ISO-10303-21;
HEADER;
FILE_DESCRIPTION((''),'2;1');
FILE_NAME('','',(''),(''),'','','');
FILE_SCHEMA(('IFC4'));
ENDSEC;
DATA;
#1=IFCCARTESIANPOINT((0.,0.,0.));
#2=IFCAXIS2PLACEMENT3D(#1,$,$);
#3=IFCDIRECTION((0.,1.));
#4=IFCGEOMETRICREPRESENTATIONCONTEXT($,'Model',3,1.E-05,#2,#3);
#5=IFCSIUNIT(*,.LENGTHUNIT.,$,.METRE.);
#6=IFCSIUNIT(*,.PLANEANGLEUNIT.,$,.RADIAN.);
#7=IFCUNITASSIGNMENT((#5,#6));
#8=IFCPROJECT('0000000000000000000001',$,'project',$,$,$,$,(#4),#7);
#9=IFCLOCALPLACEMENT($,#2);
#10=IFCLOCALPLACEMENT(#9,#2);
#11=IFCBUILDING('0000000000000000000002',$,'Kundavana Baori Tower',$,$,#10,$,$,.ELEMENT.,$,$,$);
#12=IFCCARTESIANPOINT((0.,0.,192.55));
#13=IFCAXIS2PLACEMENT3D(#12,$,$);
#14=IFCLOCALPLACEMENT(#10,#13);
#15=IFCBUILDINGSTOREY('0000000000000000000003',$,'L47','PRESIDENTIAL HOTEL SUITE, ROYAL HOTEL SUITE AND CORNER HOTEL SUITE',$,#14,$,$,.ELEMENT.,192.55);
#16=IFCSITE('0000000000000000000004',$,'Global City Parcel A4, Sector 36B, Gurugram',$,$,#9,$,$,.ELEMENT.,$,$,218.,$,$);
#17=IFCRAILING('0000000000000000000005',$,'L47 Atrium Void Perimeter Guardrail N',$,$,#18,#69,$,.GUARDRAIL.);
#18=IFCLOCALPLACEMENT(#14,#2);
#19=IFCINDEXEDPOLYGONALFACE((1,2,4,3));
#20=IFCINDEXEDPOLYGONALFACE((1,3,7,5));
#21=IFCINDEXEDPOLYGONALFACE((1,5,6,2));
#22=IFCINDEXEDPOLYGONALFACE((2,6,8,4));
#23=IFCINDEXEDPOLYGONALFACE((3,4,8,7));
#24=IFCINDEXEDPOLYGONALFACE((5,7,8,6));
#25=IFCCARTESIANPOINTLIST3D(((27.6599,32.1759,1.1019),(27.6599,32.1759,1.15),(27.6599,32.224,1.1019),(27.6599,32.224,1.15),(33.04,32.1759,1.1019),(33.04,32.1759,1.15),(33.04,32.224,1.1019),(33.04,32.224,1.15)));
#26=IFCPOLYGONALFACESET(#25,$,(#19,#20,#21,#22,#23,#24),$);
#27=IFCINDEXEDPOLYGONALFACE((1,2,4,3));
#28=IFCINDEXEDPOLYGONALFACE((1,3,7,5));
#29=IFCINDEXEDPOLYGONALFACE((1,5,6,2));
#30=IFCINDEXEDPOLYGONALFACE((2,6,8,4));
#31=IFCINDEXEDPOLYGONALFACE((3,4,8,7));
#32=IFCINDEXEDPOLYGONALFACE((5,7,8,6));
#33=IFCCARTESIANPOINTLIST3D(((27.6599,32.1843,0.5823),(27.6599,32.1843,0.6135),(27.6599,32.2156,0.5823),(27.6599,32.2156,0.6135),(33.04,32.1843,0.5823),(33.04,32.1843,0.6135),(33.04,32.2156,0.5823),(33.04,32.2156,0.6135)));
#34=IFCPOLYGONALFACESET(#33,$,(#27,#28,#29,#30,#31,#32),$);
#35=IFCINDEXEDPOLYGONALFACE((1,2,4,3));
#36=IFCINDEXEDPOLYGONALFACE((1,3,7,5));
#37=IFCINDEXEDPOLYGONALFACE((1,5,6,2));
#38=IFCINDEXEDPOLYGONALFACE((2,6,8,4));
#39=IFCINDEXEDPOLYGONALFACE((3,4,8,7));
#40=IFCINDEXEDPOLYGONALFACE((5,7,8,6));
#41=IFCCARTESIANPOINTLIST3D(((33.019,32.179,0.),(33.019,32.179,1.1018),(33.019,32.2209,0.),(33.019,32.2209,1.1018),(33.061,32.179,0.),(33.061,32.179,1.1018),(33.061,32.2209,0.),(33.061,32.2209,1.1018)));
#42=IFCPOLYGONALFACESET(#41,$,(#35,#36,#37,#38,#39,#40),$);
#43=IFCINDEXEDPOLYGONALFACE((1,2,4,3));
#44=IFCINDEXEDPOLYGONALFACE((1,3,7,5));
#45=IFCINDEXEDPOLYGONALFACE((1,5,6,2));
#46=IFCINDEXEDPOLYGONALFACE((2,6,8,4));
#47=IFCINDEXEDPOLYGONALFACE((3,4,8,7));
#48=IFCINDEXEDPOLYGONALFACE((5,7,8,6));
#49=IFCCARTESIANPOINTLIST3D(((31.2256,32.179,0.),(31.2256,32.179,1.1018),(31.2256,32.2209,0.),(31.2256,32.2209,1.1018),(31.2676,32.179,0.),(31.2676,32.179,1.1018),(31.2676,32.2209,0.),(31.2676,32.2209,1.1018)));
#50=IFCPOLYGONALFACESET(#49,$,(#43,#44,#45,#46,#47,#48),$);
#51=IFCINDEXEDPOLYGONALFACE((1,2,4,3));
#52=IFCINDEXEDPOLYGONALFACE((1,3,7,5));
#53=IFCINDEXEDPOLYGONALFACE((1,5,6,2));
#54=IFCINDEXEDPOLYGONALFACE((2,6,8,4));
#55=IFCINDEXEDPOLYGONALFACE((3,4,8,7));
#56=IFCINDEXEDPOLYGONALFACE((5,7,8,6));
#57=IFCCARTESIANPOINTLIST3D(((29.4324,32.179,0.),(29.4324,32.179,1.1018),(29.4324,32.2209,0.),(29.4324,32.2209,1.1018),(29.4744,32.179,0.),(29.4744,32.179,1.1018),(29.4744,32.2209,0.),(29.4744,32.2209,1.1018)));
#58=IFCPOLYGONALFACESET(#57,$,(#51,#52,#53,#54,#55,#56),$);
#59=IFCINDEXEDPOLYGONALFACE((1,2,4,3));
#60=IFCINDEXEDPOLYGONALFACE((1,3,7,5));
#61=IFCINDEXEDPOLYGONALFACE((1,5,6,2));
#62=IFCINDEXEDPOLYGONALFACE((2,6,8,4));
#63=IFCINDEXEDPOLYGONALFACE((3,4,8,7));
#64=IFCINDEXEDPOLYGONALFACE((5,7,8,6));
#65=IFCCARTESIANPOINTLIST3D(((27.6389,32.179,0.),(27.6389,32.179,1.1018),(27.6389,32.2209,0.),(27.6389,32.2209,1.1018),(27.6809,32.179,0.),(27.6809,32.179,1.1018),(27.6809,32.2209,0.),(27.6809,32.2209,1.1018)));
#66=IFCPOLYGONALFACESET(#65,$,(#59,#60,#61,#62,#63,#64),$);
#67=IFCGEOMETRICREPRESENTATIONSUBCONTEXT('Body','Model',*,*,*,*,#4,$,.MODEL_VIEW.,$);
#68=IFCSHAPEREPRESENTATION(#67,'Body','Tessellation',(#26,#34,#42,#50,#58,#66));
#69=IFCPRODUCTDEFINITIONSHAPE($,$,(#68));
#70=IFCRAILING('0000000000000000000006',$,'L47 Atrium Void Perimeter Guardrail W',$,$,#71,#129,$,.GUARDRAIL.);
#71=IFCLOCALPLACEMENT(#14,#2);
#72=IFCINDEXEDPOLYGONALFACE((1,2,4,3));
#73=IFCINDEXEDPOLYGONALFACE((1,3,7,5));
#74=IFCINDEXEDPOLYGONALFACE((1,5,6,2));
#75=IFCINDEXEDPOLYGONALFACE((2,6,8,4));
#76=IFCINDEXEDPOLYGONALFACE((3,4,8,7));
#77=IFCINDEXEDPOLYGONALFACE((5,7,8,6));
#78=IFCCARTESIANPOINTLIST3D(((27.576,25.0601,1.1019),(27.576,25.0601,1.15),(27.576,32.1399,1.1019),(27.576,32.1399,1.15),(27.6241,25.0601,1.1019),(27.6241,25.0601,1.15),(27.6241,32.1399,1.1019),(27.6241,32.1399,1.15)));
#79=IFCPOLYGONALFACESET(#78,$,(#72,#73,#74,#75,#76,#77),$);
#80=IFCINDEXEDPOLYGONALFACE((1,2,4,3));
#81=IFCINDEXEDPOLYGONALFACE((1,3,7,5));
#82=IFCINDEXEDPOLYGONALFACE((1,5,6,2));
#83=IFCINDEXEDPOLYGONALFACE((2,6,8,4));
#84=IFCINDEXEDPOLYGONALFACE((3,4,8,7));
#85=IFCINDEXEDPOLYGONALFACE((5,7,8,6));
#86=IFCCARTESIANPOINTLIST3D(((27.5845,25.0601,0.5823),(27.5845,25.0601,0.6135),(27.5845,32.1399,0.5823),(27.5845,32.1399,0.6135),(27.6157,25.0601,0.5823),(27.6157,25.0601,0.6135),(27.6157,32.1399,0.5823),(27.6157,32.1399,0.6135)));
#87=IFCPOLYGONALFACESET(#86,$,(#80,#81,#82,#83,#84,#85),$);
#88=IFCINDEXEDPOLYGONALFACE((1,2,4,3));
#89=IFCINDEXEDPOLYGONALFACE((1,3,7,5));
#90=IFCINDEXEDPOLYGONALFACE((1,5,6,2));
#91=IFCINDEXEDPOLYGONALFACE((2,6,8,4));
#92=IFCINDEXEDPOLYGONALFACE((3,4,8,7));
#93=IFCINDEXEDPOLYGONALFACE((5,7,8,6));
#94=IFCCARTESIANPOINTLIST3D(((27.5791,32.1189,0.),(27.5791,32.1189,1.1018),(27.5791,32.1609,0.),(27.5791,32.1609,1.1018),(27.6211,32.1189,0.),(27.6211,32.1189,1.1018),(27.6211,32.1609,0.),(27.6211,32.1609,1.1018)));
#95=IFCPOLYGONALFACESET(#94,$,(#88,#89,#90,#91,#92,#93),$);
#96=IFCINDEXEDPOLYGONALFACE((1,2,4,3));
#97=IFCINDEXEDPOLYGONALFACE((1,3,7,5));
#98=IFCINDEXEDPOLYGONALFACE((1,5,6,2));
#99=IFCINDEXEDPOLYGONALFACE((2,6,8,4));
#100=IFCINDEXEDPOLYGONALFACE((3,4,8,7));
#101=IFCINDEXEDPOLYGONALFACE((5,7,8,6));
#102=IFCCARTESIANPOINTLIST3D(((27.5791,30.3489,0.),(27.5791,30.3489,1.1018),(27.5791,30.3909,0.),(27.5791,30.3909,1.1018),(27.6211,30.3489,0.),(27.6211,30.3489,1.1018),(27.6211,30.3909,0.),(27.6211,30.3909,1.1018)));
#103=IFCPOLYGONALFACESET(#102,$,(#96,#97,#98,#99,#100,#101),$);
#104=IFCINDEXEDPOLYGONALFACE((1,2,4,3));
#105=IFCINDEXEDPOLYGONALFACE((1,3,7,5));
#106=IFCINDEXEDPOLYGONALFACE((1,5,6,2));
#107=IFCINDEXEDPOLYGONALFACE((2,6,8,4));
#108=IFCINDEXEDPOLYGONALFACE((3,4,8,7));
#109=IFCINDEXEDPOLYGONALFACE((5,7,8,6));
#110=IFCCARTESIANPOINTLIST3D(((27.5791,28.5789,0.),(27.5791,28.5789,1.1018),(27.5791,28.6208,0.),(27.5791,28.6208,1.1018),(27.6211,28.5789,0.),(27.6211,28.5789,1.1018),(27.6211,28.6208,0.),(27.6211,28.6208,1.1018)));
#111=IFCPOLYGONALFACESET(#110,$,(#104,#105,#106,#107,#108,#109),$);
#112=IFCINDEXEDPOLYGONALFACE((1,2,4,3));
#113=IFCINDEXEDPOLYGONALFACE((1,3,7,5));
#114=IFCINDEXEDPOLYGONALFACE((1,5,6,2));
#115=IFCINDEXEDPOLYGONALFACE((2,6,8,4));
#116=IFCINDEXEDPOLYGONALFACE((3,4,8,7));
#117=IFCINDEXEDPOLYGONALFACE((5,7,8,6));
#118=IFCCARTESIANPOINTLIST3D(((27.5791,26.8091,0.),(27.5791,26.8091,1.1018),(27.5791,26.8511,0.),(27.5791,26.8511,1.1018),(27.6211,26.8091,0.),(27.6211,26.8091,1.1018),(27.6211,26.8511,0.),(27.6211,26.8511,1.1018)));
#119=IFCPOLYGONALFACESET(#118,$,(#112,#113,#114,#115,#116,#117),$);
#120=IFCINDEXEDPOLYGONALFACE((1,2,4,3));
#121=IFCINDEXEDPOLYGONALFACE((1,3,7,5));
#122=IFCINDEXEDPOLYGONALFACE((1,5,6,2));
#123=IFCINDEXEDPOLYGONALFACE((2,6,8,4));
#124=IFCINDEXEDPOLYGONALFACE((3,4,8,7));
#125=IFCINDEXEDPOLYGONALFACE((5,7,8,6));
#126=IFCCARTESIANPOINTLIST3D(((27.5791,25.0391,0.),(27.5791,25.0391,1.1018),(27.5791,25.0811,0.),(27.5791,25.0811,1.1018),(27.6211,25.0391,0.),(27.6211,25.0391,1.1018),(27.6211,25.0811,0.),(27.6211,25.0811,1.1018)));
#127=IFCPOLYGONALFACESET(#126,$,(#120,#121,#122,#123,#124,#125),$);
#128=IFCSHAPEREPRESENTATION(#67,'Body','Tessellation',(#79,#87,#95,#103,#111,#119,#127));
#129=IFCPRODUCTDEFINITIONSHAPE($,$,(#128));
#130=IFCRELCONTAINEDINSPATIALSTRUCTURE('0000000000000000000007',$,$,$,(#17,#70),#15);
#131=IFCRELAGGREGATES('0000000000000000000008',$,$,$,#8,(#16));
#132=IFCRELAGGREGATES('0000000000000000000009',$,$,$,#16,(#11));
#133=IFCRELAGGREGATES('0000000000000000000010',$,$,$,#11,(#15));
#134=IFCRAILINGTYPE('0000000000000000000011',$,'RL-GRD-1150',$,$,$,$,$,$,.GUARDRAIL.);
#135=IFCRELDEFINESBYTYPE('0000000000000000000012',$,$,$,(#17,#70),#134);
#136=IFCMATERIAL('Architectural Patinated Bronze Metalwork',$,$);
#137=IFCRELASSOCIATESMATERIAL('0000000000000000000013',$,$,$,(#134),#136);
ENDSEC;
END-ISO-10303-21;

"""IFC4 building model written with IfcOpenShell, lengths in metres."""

from ifc_helpers import new_model, si_unit, direction, frame, origin, origin_2d, place, context, subcontext, project, spatial, rectangle, extrude, material, type_object, element, save


model = new_model("IFC4")

# Units and contexts
model_context = context("Model", 3, precision=1e-05, world=origin(), true_north=direction((0.0, 1.0)))
body_context = subcontext(model_context, "Body", "Model", "MODEL_VIEW")
ifc_project = project(units=[si_unit("LENGTHUNIT", "METRE"), si_unit("PLANEANGLEUNIT", "RADIAN")], contexts=[model_context])

# Site, building, storey
site_placement = place(None, origin())
site = spatial("IfcSite", under=ifc_project, at=site_placement, Name="Global City Parcel A4, Sector 36B, Gurugram", CompositionType="ELEMENT", RefElevation=218.0)
building_placement = place(site_placement, origin())
building = spatial("IfcBuilding", under=site, at=building_placement, Name="Kundavana Baori Tower", CompositionType="ELEMENT")
storey_placement = place(building_placement, frame((0.0, 0.0, 192.55)))
storey = spatial("IfcBuildingStorey", under=building, at=storey_placement, Name="L47", Description="PRESIDENTIAL HOTEL SUITE, ROYAL HOTEL SUITE AND CORNER HOTEL SUITE", CompositionType="ELEMENT", Elevation=192.55)

# Railings
ifc_material_1 = material(Name="Architectural Patinated Bronze Metalwork")
railing_type = type_object("IfcRailingType", Name="RL-GRD-1150", PredefinedType="GUARDRAIL", material=ifc_material_1)
railing_1_placement = place(storey_placement, frame((33.04, 32.2, 0.0)))
element("IfcRailing", 1, at=railing_1_placement, inside=storey, type_object=railing_type, Name="L47 Atrium Void Perimeter Guardrail N", PredefinedType="GUARDRAIL", context=body_context, shape_type="SweptSolid", body=[
    extrude(rectangle(XDim=0.0481, YDim=0.0481, at=origin_2d()), frame((0.0, 0.0, 1.126), z_axis=(-1.0, 0.0, 0.0), x_axis=(0.0, -1.0, 0.0)), (0.0, 0.0, 1.0), 5.3801),
    extrude(rectangle(XDim=0.0312, YDim=0.0312, at=origin_2d()), frame((0.0, 0.0, 0.5979), z_axis=(-1.0, 0.0, 0.0), x_axis=(0.0, -1.0, 0.0)), (0.0, 0.0, 1.0), 5.3801),
    extrude(rectangle(XDim=0.042, YDim=0.042, at=origin_2d()), origin(), (0.0, 0.0, 1.0), 1.1018),
    extrude(rectangle(XDim=0.042, YDim=0.042, at=origin_2d()), frame((-1.7935, 0.0, 0.0)), (0.0, 0.0, 1.0), 1.1018),
    extrude(rectangle(XDim=0.042, YDim=0.042, at=origin_2d()), frame((-3.5867, 0.0, 0.0)), (0.0, 0.0, 1.0), 1.1018),
    extrude(rectangle(XDim=0.042, YDim=0.042, at=origin_2d()), frame((-5.3801, 0.0, 0.0)), (0.0, 0.0, 1.0), 1.1018),
])
railing_2_placement = place(storey_placement, frame((27.6001, 32.1399, 0.0)))
element("IfcRailing", 2, at=railing_2_placement, inside=storey, type_object=railing_type, Name="L47 Atrium Void Perimeter Guardrail W", PredefinedType="GUARDRAIL", context=body_context, shape_type="SweptSolid", body=[
    extrude(rectangle(XDim=0.0481, YDim=0.0481, at=origin_2d()), frame((0.0, 0.0, 1.126), z_axis=(0.0, -1.0, 0.0), x_axis=(1.0, 0.0, 0.0)), (0.0, 0.0, 1.0), 7.0798),
    extrude(rectangle(XDim=0.0312, YDim=0.0312, at=origin_2d()), frame((0.0, 0.0, 0.5979), z_axis=(0.0, -1.0, 0.0), x_axis=(1.0, 0.0, 0.0)), (0.0, 0.0, 1.0), 7.0798),
    extrude(rectangle(XDim=0.042, YDim=0.042, at=origin_2d()), origin(), (0.0, 0.0, 1.0), 1.1018),
    extrude(rectangle(XDim=0.042, YDim=0.042, at=origin_2d()), frame((0.0, -1.77, 0.0)), (0.0, 0.0, 1.0), 1.1018),
    extrude(rectangle(XDim=0.042, YDim=0.042, at=origin_2d()), frame((0.0, -3.54, 0.0)), (0.0, 0.0, 1.0), 1.1018),
    extrude(rectangle(XDim=0.042, YDim=0.042, at=origin_2d()), frame((0.0, -5.3098, 0.0)), (0.0, 0.0, 1.0), 1.1018),
    extrude(rectangle(XDim=0.042, YDim=0.042, at=origin_2d()), frame((0.0, -7.0798, 0.0)), (0.0, 0.0, 1.0), 1.1018),
])

save(model, "model.ifc")
